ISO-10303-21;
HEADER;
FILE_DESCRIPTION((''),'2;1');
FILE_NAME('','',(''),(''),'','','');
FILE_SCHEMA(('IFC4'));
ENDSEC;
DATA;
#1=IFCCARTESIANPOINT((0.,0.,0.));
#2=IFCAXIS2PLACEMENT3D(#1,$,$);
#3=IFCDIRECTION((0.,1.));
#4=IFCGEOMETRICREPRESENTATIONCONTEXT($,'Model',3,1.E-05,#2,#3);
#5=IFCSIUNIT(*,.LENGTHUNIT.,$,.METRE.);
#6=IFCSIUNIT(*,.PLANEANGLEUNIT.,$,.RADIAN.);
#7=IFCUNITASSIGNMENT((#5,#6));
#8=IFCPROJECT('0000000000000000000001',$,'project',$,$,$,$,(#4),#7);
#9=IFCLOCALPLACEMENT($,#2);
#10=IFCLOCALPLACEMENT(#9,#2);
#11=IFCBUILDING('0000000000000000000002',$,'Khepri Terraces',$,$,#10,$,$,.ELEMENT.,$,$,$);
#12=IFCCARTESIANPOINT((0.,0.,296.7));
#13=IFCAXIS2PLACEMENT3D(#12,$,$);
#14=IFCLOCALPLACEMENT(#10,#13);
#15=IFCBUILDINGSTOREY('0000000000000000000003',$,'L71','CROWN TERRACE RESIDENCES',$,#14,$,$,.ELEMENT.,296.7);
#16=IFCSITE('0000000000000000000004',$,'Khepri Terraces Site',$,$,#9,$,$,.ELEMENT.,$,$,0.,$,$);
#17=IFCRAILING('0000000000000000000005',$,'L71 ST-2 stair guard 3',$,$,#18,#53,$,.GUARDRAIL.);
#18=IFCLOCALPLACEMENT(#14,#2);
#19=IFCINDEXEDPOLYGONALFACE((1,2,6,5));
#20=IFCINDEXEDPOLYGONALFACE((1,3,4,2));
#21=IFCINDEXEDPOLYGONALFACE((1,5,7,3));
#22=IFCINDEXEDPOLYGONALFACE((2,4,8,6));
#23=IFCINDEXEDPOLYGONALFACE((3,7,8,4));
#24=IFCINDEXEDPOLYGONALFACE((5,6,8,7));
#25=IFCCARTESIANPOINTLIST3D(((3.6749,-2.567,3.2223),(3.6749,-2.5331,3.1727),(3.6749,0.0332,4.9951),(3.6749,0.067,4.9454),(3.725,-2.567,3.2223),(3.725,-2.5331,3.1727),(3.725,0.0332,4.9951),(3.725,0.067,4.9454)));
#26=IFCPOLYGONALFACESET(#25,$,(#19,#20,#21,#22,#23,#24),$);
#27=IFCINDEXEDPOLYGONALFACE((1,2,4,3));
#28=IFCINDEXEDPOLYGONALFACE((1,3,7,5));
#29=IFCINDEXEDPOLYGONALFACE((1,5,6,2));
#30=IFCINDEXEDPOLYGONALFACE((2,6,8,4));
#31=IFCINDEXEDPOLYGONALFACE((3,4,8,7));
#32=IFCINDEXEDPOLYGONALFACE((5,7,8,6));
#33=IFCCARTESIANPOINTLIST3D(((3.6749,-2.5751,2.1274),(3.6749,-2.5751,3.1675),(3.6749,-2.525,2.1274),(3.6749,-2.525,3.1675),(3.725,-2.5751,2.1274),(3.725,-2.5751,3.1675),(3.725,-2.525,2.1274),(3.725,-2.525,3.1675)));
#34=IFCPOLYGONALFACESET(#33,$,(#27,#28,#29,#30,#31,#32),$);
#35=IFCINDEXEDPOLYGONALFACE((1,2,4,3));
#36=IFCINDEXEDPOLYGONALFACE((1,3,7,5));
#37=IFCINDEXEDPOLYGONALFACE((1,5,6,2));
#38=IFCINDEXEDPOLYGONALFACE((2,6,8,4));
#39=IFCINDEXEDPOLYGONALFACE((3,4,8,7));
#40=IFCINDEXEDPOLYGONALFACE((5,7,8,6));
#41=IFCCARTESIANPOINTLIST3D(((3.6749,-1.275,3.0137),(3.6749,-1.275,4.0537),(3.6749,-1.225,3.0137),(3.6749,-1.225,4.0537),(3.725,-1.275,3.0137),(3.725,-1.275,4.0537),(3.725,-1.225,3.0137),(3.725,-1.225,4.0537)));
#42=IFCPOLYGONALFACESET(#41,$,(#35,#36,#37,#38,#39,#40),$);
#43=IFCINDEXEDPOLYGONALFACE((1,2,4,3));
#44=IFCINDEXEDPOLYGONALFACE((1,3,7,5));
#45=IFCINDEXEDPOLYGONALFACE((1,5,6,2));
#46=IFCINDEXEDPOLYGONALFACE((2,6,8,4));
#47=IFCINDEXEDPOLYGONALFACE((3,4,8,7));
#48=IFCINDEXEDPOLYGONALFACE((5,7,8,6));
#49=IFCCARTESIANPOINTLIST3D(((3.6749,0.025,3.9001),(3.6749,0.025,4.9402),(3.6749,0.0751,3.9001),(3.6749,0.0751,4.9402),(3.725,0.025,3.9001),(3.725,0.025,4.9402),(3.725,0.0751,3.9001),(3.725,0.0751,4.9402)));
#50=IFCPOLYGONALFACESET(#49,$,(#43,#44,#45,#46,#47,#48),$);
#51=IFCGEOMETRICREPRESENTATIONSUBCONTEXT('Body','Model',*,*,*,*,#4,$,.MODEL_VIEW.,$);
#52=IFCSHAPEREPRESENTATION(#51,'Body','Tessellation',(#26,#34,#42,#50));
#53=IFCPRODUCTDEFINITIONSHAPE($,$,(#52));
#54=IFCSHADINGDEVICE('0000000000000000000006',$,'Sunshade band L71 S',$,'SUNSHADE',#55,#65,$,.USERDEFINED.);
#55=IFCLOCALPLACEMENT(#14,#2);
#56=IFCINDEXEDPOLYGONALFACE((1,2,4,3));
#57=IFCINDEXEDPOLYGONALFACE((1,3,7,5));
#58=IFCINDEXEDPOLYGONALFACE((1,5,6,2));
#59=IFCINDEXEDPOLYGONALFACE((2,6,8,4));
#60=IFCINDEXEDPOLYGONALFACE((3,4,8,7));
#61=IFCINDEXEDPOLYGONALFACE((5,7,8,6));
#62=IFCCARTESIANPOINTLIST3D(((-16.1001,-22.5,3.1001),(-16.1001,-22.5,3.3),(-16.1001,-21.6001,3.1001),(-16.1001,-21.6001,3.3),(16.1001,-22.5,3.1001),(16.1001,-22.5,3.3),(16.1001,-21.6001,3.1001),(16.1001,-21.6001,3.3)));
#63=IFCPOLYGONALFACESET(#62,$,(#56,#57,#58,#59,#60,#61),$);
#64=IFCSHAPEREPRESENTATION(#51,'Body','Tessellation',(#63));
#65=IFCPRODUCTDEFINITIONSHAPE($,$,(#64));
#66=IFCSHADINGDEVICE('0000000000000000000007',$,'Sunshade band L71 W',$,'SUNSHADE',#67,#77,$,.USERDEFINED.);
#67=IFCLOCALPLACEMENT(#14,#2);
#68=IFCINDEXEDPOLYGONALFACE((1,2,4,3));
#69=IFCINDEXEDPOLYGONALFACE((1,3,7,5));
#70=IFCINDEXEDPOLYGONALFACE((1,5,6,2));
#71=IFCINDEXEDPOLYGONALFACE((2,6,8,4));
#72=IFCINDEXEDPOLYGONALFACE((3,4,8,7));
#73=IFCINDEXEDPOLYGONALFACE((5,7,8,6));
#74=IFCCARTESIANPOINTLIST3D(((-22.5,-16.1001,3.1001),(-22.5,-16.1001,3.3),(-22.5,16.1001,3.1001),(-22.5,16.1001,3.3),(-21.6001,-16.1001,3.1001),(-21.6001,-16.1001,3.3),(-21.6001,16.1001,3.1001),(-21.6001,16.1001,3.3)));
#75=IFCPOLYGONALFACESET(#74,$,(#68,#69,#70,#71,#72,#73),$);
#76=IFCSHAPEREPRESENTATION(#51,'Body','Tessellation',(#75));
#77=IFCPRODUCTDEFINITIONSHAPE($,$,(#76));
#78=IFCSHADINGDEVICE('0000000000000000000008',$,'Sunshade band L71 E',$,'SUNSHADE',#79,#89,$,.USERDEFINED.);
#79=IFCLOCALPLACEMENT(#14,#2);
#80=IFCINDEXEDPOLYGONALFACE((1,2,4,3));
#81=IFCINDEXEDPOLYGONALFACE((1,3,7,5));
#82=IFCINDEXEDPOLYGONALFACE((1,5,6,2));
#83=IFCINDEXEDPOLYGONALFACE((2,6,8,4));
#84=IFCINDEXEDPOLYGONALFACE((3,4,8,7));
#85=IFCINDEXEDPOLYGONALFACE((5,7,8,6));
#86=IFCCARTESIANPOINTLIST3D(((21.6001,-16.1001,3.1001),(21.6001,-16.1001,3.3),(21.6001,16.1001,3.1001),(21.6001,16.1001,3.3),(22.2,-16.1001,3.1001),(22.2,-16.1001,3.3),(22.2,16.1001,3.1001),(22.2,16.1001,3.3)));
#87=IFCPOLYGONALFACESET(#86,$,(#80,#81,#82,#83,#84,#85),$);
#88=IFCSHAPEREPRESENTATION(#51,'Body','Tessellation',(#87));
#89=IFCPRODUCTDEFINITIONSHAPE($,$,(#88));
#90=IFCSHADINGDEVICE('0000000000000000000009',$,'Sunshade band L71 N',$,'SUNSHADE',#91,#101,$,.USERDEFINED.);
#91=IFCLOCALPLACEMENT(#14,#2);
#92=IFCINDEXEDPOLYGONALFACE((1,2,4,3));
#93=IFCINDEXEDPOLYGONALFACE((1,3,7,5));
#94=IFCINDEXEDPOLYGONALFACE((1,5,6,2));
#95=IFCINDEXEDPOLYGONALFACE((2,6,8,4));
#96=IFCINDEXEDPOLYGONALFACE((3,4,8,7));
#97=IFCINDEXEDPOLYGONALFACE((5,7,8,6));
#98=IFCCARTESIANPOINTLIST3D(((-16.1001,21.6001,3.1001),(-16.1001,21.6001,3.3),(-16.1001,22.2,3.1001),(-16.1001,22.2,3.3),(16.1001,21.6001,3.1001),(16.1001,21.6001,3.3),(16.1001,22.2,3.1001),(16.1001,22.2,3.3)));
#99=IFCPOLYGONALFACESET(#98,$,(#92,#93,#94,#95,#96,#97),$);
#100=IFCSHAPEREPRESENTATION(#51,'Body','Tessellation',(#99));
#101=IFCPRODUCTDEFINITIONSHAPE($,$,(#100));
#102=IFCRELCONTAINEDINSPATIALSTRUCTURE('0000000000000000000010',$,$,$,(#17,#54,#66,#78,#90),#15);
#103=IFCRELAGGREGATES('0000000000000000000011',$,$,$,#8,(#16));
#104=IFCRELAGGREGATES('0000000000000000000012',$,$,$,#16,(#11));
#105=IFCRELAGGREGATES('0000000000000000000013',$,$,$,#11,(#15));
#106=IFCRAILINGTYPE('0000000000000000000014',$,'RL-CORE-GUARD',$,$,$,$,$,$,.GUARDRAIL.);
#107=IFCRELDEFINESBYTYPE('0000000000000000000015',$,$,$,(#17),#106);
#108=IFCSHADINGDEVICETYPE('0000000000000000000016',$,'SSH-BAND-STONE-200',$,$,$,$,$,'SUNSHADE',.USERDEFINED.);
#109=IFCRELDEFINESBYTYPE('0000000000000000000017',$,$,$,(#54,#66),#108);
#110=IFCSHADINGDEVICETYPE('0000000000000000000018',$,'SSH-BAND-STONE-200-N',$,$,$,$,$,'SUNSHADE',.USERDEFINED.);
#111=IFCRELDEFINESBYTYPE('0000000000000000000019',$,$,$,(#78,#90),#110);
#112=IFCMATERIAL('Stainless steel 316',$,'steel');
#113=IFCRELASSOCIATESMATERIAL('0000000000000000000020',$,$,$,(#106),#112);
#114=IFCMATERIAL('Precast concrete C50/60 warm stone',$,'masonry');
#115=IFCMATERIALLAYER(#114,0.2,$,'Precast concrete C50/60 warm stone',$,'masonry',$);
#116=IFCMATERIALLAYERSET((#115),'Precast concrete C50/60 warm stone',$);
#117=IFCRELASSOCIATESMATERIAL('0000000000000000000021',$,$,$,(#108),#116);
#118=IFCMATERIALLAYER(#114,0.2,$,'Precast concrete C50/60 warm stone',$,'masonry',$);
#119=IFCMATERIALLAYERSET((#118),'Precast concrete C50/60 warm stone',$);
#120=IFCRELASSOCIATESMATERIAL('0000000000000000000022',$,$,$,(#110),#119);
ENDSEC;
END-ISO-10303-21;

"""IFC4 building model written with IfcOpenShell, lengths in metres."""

from ifc_helpers import new_model, si_unit, direction, frame, origin, origin_2d, place, context, subcontext, project, spatial, polyline, rectangle, outline, extrude, material, layer, layer_set, type_object, element, save


model = new_model("IFC4")

# Units and contexts
model_context = context("Model", 3, precision=1e-05, world=origin(), true_north=direction((0.0, 1.0)))
body_context = subcontext(model_context, "Body", "Model", "MODEL_VIEW")
ifc_project = project(units=[si_unit("LENGTHUNIT", "METRE"), si_unit("PLANEANGLEUNIT", "RADIAN")], contexts=[model_context])

# Site, building, storey
site_placement = place(None, origin())
site = spatial("IfcSite", under=ifc_project, at=site_placement, Name="Khepri Terraces Site", CompositionType="ELEMENT", RefElevation=0.0)
building_placement = place(site_placement, origin())
building = spatial("IfcBuilding", under=site, at=building_placement, Name="Khepri Terraces", CompositionType="ELEMENT")
storey_placement = place(building_placement, frame((0.0, 0.0, 296.7)))
storey = spatial("IfcBuildingStorey", under=building, at=storey_placement, Name="L71", Description="CROWN TERRACE RESIDENCES", CompositionType="ELEMENT", Elevation=296.7)

# Railing
ifc_material_1 = material(Name="Stainless steel 316", Category="steel")
railing_type = type_object("IfcRailingType", Name="RL-CORE-GUARD", PredefinedType="GUARDRAIL", material=ifc_material_1)
railing_1_placement = place(storey_placement, frame((3.7, -2.55, 2.1274)))
element("IfcRailing", 1, at=railing_1_placement, inside=storey, type_object=railing_type, Name="L71 ST-2 stair guard 3", PredefinedType="GUARDRAIL", context=body_context, shape_type="SweptSolid", body=[
    extrude(rectangle(XDim=0.05, YDim=0.0601, at=origin_2d()), frame((0.0, 0.0, 1.0701), z_axis=(0.0, 0.82624, 0.563318), x_axis=(-1.0, 0.0, 0.0)), (0.0, 0.0, 1.0), 3.147),
    extrude(rectangle(XDim=0.05, YDim=0.05, at=origin_2d()), origin(), (0.0, 0.0, 1.0), 1.04),
    extrude(rectangle(XDim=0.05, YDim=0.05, at=origin_2d()), frame((0.0, 1.3, 0.8862)), (0.0, 0.0, 1.0), 1.04),
    extrude(rectangle(XDim=0.05, YDim=0.05, at=origin_2d()), frame((0.0, 2.6001, 1.7727)), (0.0, 0.0, 1.0), 1.04),
])

# Shading devices
ifc_material_2 = material(Name="Precast concrete C50/60 warm stone", Category="masonry")
ifc_layer_1 = layer(ifc_material_2, 0.2, Name="Precast concrete C50/60 warm stone", Category="masonry")
ifc_layer_set_1 = layer_set([ifc_layer_1], Name="Precast concrete C50/60 warm stone")
shading_device_type_1 = type_object("IfcShadingDeviceType", Name="SSH-BAND-STONE-200", ElementType="SUNSHADE", PredefinedType="USERDEFINED", material=ifc_layer_set_1)
shading_device_1_placement = place(storey_placement, frame((0.0, 0.0, 3.1001)))
element("IfcShadingDevice", 2, at=shading_device_1_placement, inside=storey, type_object=shading_device_type_1, Name="Sunshade band L71 S", ObjectType="SUNSHADE", PredefinedType="USERDEFINED", context=body_context, shape_type="SweptSolid", body=[
    extrude(outline(polyline([(16.1001, -21.6001), (-16.1001, -21.6001), (-16.1001, -22.5), (16.1001, -22.5), (16.1001, -21.6001)])), origin(), (0.0, 0.0, 1.0), 0.2),
])
shading_device_2_placement = place(storey_placement, frame((0.0, 0.0, 3.1001)))
element("IfcShadingDevice", 3, at=shading_device_2_placement, inside=storey, type_object=shading_device_type_1, Name="Sunshade band L71 W", ObjectType="SUNSHADE", PredefinedType="USERDEFINED", context=body_context, shape_type="SweptSolid", body=[
    extrude(outline(polyline([(-21.6001, -16.1001), (-21.6001, 16.1001), (-22.5, 16.1001), (-22.5, -16.1001), (-21.6001, -16.1001)])), origin(), (0.0, 0.0, 1.0), 0.2),
])
ifc_layer_2 = layer(ifc_material_2, 0.2, Name="Precast concrete C50/60 warm stone", Category="masonry")
ifc_layer_set_2 = layer_set([ifc_layer_2], Name="Precast concrete C50/60 warm stone")
shading_device_type_2 = type_object("IfcShadingDeviceType", Name="SSH-BAND-STONE-200-N", ElementType="SUNSHADE", PredefinedType="USERDEFINED", material=ifc_layer_set_2)
shading_device_3_placement = place(storey_placement, frame((0.0, 0.0, 3.1001)))
element("IfcShadingDevice", 4, at=shading_device_3_placement, inside=storey, type_object=shading_device_type_2, Name="Sunshade band L71 E", ObjectType="SUNSHADE", PredefinedType="USERDEFINED", context=body_context, shape_type="SweptSolid", body=[
    extrude(outline(polyline([(21.6001, 16.1001), (21.6001, -16.1001), (22.2, -16.1001), (22.2, 16.1001), (21.6001, 16.1001)])), origin(), (0.0, 0.0, 1.0), 0.2),
])
shading_device_4_placement = place(storey_placement, frame((0.0, 0.0, 3.1001)))
element("IfcShadingDevice", 5, at=shading_device_4_placement, inside=storey, type_object=shading_device_type_2, Name="Sunshade band L71 N", ObjectType="SUNSHADE", PredefinedType="USERDEFINED", context=body_context, shape_type="SweptSolid", body=[
    extrude(outline(polyline([(-16.1001, 21.6001), (16.1001, 21.6001), (16.1001, 22.2), (-16.1001, 22.2), (-16.1001, 21.6001)])), origin(), (0.0, 0.0, 1.0), 0.2),
])

save(model, "model.ifc")
